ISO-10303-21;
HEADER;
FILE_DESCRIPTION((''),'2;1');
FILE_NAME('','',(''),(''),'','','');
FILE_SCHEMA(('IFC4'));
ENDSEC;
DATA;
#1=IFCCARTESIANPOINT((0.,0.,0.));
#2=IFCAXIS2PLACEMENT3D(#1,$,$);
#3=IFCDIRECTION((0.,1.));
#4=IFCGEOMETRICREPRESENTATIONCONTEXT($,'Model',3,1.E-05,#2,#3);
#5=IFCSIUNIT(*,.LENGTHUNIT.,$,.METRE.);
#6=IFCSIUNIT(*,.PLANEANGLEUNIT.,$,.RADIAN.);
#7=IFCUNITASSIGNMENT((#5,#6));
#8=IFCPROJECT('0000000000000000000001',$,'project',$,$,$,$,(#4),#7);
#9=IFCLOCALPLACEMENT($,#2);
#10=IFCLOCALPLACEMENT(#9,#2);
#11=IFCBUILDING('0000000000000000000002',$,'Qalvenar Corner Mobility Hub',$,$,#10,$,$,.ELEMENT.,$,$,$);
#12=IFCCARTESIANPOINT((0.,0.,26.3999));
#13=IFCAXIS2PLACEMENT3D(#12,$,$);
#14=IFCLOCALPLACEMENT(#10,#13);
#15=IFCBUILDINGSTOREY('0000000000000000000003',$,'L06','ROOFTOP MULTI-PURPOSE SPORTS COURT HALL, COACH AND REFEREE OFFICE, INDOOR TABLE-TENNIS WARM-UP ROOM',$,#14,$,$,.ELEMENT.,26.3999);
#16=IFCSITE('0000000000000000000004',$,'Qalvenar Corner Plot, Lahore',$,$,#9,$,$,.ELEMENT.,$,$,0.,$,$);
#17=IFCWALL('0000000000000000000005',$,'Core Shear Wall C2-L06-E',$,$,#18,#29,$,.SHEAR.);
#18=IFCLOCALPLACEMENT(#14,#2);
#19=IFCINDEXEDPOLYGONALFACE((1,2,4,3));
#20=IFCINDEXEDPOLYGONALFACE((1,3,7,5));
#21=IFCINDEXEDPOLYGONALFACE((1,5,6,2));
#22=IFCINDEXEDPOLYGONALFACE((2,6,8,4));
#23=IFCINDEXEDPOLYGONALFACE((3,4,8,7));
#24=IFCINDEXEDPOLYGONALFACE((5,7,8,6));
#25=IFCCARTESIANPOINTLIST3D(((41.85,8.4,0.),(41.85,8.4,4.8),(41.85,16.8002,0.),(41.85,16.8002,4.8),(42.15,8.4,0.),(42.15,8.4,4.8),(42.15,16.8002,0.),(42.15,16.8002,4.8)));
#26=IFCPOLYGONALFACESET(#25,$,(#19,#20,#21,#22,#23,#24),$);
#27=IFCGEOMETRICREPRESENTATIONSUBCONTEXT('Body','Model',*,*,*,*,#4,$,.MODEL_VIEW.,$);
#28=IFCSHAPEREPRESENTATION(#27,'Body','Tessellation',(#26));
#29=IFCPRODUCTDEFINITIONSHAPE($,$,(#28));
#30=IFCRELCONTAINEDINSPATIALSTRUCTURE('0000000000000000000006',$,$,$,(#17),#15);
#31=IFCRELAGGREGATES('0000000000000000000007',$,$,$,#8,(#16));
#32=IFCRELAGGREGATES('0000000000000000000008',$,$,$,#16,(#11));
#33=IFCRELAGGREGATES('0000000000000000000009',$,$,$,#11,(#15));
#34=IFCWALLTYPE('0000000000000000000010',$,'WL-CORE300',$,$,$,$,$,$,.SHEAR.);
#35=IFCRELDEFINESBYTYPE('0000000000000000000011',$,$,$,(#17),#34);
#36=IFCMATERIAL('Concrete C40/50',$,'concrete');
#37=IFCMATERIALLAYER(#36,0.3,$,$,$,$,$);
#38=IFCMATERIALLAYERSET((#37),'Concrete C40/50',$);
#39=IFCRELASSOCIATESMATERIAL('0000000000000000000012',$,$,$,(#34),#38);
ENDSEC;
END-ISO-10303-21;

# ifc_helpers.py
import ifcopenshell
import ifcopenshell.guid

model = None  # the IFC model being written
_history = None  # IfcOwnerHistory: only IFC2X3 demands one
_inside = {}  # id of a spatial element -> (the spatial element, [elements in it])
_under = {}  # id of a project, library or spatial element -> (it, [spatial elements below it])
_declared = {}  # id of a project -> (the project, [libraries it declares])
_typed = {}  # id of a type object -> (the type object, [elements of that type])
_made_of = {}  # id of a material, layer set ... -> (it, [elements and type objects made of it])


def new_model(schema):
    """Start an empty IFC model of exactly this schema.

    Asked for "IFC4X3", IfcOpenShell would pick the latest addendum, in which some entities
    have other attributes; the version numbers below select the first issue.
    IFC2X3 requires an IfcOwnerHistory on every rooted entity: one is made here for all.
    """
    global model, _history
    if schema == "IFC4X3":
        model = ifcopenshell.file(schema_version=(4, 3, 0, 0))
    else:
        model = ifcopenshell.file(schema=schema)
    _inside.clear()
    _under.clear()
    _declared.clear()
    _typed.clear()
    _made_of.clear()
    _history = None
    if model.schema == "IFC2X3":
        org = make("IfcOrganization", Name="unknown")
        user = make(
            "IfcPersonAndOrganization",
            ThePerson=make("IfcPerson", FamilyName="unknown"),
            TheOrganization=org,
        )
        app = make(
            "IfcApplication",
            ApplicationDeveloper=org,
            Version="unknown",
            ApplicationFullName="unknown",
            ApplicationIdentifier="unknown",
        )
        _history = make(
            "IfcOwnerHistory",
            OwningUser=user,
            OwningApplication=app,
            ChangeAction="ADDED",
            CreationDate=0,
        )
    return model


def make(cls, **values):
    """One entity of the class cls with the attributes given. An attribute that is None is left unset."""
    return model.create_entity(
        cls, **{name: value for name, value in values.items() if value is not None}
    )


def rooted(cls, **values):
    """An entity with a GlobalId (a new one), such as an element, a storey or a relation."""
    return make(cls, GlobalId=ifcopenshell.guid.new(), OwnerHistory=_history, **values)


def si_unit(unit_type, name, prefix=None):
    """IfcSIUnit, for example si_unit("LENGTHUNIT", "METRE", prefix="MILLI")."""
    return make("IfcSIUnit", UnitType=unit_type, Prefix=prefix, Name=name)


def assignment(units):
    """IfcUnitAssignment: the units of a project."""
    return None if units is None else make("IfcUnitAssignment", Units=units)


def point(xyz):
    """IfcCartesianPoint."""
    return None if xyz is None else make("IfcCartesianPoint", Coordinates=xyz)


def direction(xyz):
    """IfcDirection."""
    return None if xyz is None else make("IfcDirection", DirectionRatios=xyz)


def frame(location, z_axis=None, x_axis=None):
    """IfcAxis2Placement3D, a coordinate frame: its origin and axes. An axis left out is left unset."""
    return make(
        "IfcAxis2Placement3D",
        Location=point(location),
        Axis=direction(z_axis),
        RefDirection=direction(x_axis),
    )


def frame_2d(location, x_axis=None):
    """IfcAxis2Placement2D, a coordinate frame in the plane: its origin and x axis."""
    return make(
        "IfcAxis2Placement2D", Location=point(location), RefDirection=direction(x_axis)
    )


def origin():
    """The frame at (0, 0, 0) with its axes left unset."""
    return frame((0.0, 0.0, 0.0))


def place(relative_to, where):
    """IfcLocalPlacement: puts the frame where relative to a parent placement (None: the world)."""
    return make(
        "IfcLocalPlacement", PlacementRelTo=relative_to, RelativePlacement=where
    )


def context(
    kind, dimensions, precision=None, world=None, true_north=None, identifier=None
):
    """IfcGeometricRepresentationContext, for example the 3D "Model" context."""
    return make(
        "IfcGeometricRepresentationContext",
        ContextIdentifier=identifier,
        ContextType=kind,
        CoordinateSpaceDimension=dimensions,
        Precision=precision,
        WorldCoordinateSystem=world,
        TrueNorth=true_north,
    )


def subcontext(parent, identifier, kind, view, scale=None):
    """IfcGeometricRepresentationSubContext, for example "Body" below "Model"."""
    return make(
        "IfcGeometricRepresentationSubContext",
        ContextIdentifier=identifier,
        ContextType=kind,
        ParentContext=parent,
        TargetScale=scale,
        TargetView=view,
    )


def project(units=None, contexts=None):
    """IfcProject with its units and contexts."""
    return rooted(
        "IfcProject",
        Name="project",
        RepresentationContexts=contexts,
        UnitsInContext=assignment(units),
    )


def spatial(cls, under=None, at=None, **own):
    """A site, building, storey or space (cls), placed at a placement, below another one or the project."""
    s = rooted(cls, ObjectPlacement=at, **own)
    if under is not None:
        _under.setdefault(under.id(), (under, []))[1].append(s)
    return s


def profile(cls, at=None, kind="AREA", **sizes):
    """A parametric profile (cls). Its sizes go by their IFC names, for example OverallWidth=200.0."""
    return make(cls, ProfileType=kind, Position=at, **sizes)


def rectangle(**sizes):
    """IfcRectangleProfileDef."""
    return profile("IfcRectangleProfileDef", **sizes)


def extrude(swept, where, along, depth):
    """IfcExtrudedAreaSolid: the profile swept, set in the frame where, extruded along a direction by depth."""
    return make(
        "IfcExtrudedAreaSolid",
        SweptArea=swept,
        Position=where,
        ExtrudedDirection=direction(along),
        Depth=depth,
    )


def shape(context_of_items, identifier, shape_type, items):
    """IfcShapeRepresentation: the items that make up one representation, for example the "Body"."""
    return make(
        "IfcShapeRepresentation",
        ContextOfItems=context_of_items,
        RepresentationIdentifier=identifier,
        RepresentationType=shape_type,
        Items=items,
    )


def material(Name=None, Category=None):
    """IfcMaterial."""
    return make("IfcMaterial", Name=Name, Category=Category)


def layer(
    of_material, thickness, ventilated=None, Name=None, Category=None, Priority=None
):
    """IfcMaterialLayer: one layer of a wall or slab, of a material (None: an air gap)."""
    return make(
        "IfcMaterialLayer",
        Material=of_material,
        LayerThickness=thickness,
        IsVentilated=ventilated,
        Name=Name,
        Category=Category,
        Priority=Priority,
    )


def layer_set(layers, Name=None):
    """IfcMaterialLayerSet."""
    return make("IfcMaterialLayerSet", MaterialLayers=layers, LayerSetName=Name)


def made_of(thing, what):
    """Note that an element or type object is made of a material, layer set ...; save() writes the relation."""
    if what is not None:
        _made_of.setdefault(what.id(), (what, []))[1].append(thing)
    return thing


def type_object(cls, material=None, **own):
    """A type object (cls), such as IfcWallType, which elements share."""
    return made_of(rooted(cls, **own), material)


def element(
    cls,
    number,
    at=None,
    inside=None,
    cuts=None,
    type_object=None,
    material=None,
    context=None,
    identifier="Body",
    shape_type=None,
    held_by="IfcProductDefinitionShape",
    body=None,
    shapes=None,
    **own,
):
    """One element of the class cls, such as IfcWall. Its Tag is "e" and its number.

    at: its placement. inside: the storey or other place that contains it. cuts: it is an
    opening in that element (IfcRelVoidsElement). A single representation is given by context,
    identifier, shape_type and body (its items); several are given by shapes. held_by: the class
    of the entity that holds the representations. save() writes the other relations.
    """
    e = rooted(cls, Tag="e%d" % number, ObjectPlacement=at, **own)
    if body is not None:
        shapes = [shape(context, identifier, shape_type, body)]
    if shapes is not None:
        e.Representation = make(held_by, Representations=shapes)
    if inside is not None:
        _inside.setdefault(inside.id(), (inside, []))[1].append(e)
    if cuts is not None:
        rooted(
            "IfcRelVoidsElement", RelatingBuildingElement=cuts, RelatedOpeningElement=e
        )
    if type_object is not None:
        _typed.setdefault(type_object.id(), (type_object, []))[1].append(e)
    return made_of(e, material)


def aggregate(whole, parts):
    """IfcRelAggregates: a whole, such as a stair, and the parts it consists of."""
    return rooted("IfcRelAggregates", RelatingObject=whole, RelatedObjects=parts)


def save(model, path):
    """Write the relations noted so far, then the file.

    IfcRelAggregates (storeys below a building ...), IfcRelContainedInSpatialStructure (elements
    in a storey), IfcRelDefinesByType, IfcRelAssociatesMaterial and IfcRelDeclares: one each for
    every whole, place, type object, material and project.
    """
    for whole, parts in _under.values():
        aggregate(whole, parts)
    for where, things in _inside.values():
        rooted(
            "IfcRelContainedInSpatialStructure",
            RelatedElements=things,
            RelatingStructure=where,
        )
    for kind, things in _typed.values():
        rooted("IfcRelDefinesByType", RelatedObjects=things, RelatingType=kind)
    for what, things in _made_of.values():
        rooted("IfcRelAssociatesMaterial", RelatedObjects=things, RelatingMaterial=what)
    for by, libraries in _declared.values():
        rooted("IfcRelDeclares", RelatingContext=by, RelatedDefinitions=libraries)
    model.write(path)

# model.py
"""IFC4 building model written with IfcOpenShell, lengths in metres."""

from ifc_helpers import new_model, si_unit, direction, frame, frame_2d, origin, place, context, subcontext, project, spatial, rectangle, extrude, material, layer, layer_set, type_object, element, save


model = new_model("IFC4")

# Units and contexts
model_context = context("Model", 3, precision=1e-05, world=origin(), true_north=direction((0.0, 1.0)))
body_context = subcontext(model_context, "Body", "Model", "MODEL_VIEW")
ifc_project = project(units=[si_unit("LENGTHUNIT", "METRE"), si_unit("PLANEANGLEUNIT", "RADIAN")], contexts=[model_context])

# Site, building, storey
site_placement = place(None, origin())
site = spatial("IfcSite", under=ifc_project, at=site_placement, Name="Qalvenar Corner Plot, Lahore", CompositionType="ELEMENT", RefElevation=0.0)
building_placement = place(site_placement, origin())
building = spatial("IfcBuilding", under=site, at=building_placement, Name="Qalvenar Corner Mobility Hub", CompositionType="ELEMENT")
storey_placement = place(building_placement, frame((0.0, 0.0, 26.3999)))
storey = spatial("IfcBuildingStorey", under=building, at=storey_placement, Name="L06", Description="ROOFTOP MULTI-PURPOSE SPORTS COURT HALL, COACH AND REFEREE OFFICE, INDOOR TABLE-TENNIS WARM-UP ROOM", CompositionType="ELEMENT", Elevation=26.3999)

# Wall
ifc_material_1 = material(Name="Concrete C40/50", Category="concrete")
ifc_layer_1 = layer(ifc_material_1, 0.3)
ifc_layer_set_1 = layer_set([ifc_layer_1], Name="Concrete C40/50")
wall_type_1 = type_object("IfcWallType", Name="WL-CORE300", PredefinedType="SHEAR", material=ifc_layer_set_1)
wall_1_placement = place(storey_placement, frame((42.0, 8.3999, 0.0), z_axis=(0.0, 0.0, 1.0), x_axis=(0.0, 1.0, 0.0)))
element("IfcWall", 1, at=wall_1_placement, inside=storey, type_object=wall_type_1, Name="Core Shear Wall C2-L06-E", PredefinedType="SHEAR", context=body_context, shape_type="SweptSolid", body=[
    extrude(rectangle(XDim=8.4001, YDim=0.3, at=frame_2d((4.2002, 0.0))), origin(), (0.0, 0.0, 1.0), 4.8),
])

save(model, "model.ifc")
